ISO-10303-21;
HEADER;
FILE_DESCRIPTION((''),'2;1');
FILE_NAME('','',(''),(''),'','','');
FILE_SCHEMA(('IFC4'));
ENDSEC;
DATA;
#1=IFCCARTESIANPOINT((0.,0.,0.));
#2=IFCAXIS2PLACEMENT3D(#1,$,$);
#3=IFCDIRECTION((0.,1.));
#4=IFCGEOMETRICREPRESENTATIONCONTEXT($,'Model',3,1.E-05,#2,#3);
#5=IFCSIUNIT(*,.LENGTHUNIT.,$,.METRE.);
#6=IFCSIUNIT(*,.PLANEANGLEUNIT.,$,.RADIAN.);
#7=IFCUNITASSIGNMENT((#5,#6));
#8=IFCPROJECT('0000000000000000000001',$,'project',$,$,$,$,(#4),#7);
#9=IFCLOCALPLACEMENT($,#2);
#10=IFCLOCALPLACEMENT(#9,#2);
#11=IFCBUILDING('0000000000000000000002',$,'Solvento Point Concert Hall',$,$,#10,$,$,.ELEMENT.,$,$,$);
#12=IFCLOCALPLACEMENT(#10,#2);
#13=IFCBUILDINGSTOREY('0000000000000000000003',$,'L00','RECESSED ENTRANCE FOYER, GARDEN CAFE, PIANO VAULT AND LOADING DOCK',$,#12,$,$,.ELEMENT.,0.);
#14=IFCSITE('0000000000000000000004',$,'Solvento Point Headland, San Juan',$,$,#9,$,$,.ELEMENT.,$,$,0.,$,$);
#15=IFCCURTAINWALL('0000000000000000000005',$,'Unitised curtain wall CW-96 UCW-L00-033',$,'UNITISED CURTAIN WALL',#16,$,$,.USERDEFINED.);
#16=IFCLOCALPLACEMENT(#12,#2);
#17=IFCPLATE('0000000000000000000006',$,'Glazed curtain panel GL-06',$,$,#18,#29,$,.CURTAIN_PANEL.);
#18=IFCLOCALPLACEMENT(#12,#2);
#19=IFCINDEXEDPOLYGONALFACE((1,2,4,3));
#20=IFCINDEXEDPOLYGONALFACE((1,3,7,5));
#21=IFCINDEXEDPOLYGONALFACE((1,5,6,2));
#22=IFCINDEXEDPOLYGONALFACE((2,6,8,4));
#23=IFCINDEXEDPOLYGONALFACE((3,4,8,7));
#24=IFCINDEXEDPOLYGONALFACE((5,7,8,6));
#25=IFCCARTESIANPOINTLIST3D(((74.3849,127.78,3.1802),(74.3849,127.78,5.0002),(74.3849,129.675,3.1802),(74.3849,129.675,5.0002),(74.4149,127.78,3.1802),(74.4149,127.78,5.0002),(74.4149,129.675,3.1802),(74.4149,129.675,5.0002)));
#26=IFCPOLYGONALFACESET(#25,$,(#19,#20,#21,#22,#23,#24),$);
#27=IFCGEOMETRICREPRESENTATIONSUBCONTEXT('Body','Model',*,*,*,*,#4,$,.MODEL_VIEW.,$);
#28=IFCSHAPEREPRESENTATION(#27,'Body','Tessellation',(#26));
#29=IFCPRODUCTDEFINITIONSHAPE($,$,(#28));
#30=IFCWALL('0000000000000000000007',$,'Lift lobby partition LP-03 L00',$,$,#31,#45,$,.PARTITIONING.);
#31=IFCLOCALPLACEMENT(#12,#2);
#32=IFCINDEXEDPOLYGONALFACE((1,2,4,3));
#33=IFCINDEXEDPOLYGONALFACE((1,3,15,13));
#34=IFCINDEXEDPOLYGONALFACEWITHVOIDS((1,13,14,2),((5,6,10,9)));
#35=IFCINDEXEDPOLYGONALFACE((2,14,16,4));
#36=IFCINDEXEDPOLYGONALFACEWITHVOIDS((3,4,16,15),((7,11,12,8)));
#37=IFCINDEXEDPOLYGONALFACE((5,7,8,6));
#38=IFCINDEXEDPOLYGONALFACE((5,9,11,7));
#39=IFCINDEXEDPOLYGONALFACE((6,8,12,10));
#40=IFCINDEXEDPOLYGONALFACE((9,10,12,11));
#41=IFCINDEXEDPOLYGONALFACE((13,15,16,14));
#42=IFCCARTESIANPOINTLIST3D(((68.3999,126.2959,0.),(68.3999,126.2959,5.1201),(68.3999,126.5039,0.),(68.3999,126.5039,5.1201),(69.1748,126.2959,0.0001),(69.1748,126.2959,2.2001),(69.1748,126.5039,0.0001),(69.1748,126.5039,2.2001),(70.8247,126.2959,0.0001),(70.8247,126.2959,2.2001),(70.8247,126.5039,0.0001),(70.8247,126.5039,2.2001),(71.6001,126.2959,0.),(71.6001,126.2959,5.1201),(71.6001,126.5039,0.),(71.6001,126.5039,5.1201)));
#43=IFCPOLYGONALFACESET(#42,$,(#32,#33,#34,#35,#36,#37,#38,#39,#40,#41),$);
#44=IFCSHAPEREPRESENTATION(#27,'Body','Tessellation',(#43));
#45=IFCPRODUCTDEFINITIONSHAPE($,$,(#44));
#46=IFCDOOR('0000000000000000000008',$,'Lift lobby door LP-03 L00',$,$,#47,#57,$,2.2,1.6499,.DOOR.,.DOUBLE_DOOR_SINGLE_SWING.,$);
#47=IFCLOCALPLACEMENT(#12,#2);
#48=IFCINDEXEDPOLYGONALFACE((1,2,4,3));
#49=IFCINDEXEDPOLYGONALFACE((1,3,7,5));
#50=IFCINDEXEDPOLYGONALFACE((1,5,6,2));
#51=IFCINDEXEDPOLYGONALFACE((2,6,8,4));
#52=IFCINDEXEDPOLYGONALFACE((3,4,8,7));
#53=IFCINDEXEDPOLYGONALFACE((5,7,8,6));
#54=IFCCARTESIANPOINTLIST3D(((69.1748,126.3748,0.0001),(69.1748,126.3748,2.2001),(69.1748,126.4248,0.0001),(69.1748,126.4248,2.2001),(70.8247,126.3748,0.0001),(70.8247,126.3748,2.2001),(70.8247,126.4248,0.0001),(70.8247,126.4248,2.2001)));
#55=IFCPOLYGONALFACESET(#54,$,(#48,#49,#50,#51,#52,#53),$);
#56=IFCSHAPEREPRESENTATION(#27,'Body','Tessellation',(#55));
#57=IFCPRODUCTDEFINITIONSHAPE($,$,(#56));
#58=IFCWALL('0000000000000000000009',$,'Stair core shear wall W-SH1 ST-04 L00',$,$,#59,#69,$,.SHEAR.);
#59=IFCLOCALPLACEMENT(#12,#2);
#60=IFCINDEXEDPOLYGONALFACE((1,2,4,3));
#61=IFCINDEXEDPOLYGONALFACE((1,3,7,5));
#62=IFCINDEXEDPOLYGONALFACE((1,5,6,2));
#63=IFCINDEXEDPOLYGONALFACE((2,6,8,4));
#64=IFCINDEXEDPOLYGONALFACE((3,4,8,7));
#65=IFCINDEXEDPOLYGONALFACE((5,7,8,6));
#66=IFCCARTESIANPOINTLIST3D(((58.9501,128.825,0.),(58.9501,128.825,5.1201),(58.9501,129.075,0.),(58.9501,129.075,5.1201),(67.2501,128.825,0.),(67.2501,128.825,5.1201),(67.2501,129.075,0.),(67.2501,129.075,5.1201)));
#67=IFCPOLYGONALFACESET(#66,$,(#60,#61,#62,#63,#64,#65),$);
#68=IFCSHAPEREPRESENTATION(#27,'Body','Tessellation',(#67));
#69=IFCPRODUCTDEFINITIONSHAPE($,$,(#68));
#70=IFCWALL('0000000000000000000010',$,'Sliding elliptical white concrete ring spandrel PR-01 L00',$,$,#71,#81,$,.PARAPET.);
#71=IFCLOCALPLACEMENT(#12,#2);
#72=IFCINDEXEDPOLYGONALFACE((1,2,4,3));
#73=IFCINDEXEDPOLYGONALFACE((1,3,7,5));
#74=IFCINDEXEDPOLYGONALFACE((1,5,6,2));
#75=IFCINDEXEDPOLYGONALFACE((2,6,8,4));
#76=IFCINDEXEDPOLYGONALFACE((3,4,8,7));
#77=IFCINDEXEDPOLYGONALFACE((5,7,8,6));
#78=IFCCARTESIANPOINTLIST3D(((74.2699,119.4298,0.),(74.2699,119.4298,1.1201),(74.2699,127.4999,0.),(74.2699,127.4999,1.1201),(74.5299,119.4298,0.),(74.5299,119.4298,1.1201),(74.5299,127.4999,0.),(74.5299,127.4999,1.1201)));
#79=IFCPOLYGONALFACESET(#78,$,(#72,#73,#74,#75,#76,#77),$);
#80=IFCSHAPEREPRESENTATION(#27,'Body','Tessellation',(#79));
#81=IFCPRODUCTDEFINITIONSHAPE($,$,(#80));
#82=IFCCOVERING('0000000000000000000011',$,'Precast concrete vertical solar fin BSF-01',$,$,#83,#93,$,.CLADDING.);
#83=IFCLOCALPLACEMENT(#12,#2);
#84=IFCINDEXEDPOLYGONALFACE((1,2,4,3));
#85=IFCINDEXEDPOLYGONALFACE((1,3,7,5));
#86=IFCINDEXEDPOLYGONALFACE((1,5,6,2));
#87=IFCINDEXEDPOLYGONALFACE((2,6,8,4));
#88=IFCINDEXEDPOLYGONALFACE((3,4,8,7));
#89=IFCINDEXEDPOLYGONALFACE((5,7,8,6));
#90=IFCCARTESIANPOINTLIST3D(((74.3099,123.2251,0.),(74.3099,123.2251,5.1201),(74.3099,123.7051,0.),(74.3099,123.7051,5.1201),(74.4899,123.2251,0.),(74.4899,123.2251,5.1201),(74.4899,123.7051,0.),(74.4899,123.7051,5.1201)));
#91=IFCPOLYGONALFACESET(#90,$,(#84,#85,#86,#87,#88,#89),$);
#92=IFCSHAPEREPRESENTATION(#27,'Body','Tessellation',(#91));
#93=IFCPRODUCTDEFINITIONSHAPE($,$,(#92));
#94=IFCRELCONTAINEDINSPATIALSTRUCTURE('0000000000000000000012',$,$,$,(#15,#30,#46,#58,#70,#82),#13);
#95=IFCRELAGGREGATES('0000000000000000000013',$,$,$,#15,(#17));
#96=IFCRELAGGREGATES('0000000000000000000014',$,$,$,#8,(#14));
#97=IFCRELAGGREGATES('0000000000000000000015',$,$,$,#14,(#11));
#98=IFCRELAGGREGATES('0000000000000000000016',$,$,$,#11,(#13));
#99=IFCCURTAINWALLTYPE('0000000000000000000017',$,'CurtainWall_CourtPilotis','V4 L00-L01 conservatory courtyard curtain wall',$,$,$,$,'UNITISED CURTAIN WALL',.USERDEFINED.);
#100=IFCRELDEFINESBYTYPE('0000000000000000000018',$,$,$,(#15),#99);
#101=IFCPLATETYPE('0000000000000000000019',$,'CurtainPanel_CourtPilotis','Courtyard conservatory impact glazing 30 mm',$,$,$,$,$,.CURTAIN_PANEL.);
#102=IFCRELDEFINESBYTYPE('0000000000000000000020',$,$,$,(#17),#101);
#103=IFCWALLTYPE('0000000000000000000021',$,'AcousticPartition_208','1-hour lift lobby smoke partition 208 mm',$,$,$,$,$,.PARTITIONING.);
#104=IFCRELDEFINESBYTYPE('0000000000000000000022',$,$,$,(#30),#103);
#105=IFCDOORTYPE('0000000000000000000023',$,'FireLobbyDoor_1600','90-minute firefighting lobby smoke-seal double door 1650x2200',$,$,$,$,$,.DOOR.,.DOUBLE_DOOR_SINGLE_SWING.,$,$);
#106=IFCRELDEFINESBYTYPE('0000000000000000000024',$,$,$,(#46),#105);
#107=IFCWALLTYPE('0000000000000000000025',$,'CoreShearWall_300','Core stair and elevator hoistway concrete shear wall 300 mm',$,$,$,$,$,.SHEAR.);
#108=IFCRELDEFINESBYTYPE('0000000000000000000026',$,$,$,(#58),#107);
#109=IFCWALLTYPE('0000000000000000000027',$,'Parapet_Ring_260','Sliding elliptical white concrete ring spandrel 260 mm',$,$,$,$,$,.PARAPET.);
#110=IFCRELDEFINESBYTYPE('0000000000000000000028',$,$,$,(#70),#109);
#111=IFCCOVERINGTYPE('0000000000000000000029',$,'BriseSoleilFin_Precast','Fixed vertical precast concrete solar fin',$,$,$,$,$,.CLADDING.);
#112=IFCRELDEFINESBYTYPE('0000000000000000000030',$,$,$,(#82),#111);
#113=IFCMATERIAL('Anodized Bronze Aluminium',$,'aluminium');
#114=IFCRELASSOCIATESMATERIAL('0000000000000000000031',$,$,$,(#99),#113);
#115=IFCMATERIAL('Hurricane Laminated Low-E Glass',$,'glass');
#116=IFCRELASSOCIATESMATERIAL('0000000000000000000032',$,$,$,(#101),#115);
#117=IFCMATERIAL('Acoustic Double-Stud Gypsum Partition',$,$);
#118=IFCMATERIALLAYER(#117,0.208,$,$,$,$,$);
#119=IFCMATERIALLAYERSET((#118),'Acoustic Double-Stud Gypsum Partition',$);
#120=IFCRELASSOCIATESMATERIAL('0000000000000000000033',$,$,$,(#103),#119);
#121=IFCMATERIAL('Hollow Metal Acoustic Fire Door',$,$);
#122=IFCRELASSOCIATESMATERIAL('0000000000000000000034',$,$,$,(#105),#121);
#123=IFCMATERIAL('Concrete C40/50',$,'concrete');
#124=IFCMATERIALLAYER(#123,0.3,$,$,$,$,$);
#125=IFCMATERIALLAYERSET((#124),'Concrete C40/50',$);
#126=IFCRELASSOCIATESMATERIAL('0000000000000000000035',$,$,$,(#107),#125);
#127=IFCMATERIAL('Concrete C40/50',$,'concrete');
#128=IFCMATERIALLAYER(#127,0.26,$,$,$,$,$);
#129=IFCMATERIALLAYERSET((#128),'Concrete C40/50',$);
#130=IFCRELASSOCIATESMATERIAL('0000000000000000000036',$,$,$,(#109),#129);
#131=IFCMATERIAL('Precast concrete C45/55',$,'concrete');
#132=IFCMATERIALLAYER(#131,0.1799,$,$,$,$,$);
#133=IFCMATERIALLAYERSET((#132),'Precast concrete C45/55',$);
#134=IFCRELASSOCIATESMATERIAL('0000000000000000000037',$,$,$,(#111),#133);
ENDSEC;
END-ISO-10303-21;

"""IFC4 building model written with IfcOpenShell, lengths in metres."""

from ifc_helpers import new_model, si_unit, direction, frame, frame_2d, origin, origin_2d, place, context, subcontext, project, spatial, rectangle, extrude, material, layer, layer_set, type_object, element, fill, aggregate, save


model = new_model("IFC4")

# Units and contexts
model_context = context("Model", 3, precision=1e-05, world=origin(), true_north=direction((0.0, 1.0)))
body_context = subcontext(model_context, "Body", "Model", "MODEL_VIEW")
ifc_project = project(units=[si_unit("LENGTHUNIT", "METRE"), si_unit("PLANEANGLEUNIT", "RADIAN")], contexts=[model_context])

# Site, building, storey
site_placement = place(None, origin())
site = spatial("IfcSite", under=ifc_project, at=site_placement, Name="Solvento Point Headland, San Juan", CompositionType="ELEMENT", RefElevation=0.0)
building_placement = place(site_placement, origin())
building = spatial("IfcBuilding", under=site, at=building_placement, Name="Solvento Point Concert Hall", CompositionType="ELEMENT")
storey_placement = place(building_placement, origin())
storey = spatial("IfcBuildingStorey", under=building, at=storey_placement, Name="L00", Description="RECESSED ENTRANCE FOYER, GARDEN CAFE, PIANO VAULT AND LOADING DOCK", CompositionType="ELEMENT", Elevation=0.0)

# Curtain wall
ifc_material_1 = material(Name="Anodized Bronze Aluminium", Category="aluminium")
curtain_wall_type = type_object("IfcCurtainWallType", Name="CurtainWall_CourtPilotis", Description="V4 L00-L01 conservatory courtyard curtain wall", ElementType="UNITISED CURTAIN WALL", PredefinedType="USERDEFINED", material=ifc_material_1)
curtain_wall_1_placement = place(storey_placement, origin())
curtain_wall_1 = element("IfcCurtainWall", 1, at=curtain_wall_1_placement, inside=storey, type_object=curtain_wall_type, Name="Unitised curtain wall CW-96 UCW-L00-033", ObjectType="UNITISED CURTAIN WALL", PredefinedType="USERDEFINED")

# Plate
ifc_material_2 = material(Name="Hurricane Laminated Low-E Glass", Category="glass")
plate_type = type_object("IfcPlateType", Name="CurtainPanel_CourtPilotis", Description="Courtyard conservatory impact glazing 30 mm", PredefinedType="CURTAIN_PANEL", material=ifc_material_2)
plate_1_placement = place(storey_placement, frame((74.3999, 128.7275, 3.1802), z_axis=(0.0, 0.0, 1.0), x_axis=(0.0, 1.0, 0.0)))
plate_1 = element("IfcPlate", 2, at=plate_1_placement, type_object=plate_type, Name="Glazed curtain panel GL-06", PredefinedType="CURTAIN_PANEL", context=body_context, shape_type="SweptSolid", body=[
    extrude(rectangle(XDim=1.895, YDim=0.03, at=origin_2d()), origin(), (0.0, 0.0, 1.0), 1.8201),
])
aggregate(curtain_wall_1, [plate_1])

# Wall, opening, door
ifc_material_3 = material(Name="Acoustic Double-Stud Gypsum Partition")
ifc_layer_1 = layer(ifc_material_3, 0.208)
ifc_layer_set_1 = layer_set([ifc_layer_1], Name="Acoustic Double-Stud Gypsum Partition")
wall_type_1 = type_object("IfcWallType", Name="AcousticPartition_208", Description="1-hour lift lobby smoke partition 208 mm", PredefinedType="PARTITIONING", material=ifc_layer_set_1)
wall_1_placement = place(storey_placement, frame((68.3999, 126.3999, 0.0), z_axis=(0.0, 0.0, 1.0), x_axis=(1.0, 0.0, 0.0)))
wall_1 = element("IfcWall", 3, at=wall_1_placement, inside=storey, type_object=wall_type_1, Name="Lift lobby partition LP-03 L00", PredefinedType="PARTITIONING", context=body_context, shape_type="SweptSolid", body=[
    extrude(rectangle(XDim=3.2002, YDim=0.208, at=frame_2d((1.6001, 0.0))), origin(), (0.0, 0.0, 1.0), 5.1201),
])
opening_placement = place(wall_1_placement, frame((0.7749, 0.0, 0.0)))
opening = element("IfcOpeningElement", 4, at=opening_placement, cuts=wall_1, PredefinedType="OPENING", context=body_context, shape_type="SweptSolid", body=[
    extrude(rectangle(XDim=1.6499, YDim=2.2, at=frame_2d((0.825, 1.1001))), frame((0.0, 0.114, 0.0), z_axis=(0.0, -1.0, 0.0), x_axis=(1.0, 0.0, 0.0)), (0.0, 0.0, 1.0), 0.228),
])
ifc_material_4 = material(Name="Hollow Metal Acoustic Fire Door")
door_type = type_object("IfcDoorType", Name="FireLobbyDoor_1600", Description="90-minute firefighting lobby smoke-seal double door 1650x2200", OperationType="DOUBLE_DOOR_SINGLE_SWING", PredefinedType="DOOR", material=ifc_material_4)
door_placement = place(opening_placement, origin())
door = element("IfcDoor", 5, at=door_placement, inside=storey, type_object=door_type, Name="Lift lobby door LP-03 L00", OperationType="DOUBLE_DOOR_SINGLE_SWING", OverallHeight=2.2, OverallWidth=1.6499, PredefinedType="DOOR", context=body_context, shape_type="SweptSolid", body=[
    extrude(rectangle(XDim=1.6499, YDim=2.2, at=frame_2d((0.825, 1.1001))), frame((0.0, 0.0249, 0.0), z_axis=(0.0, -1.0, 0.0), x_axis=(1.0, 0.0, 0.0)), (0.0, 0.0, 1.0), 0.05),
])
fill(opening, door)

# Walls
ifc_material_5 = material(Name="Concrete C40/50", Category="concrete")
ifc_layer_2 = layer(ifc_material_5, 0.3)
ifc_layer_set_2 = layer_set([ifc_layer_2], Name="Concrete C40/50")
wall_type_2 = type_object("IfcWallType", Name="CoreShearWall_300", Description="Core stair and elevator hoistway concrete shear wall 300 mm", PredefinedType="SHEAR", material=ifc_layer_set_2)
wall_2_placement = place(storey_placement, frame((67.25, 128.95, 0.0), z_axis=(0.0, 0.0, 1.0), x_axis=(-1.0, 0.0, 0.0)))
element("IfcWall", 6, at=wall_2_placement, inside=storey, type_object=wall_type_2, Name="Stair core shear wall W-SH1 ST-04 L00", PredefinedType="SHEAR", context=body_context, shape_type="SweptSolid", body=[
    extrude(rectangle(XDim=8.3, YDim=0.25, at=frame_2d((4.1499, 0.0))), origin(), (0.0, 0.0, 1.0), 5.1201),
])
ifc_material_6 = material(Name="Concrete C40/50", Category="concrete")
ifc_layer_3 = layer(ifc_material_6, 0.26)
ifc_layer_set_3 = layer_set([ifc_layer_3], Name="Concrete C40/50")
wall_type_3 = type_object("IfcWallType", Name="Parapet_Ring_260", Description="Sliding elliptical white concrete ring spandrel 260 mm", PredefinedType="PARAPET", material=ifc_layer_set_3)
wall_3_placement = place(storey_placement, frame((74.3999, 127.5, 0.0), z_axis=(0.0, 0.0, 1.0), x_axis=(0.0, -1.0, 0.0)))
element("IfcWall", 7, at=wall_3_placement, inside=storey, type_object=wall_type_3, Name="Sliding elliptical white concrete ring spandrel PR-01 L00", PredefinedType="PARAPET", context=body_context, shape_type="SweptSolid", body=[
    extrude(rectangle(XDim=8.0701, YDim=0.26, at=frame_2d((4.0352, 0.0))), origin(), (0.0, 0.0, 1.0), 1.1201),
])

# Covering
ifc_material_7 = material(Name="Precast concrete C45/55", Category="concrete")
ifc_layer_4 = layer(ifc_material_7, 0.1799)
ifc_layer_set_4 = layer_set([ifc_layer_4], Name="Precast concrete C45/55")
covering_type = type_object("IfcCoveringType", Name="BriseSoleilFin_Precast", Description="Fixed vertical precast concrete solar fin", PredefinedType="CLADDING", material=ifc_layer_set_4)
covering_placement = place(storey_placement, frame((74.3999, 123.4651, 0.0), z_axis=(0.0, 0.0, 1.0), x_axis=(1.0, 0.0, 0.0)))
element("IfcCovering", 8, at=covering_placement, inside=storey, type_object=covering_type, Name="Precast concrete vertical solar fin BSF-01", PredefinedType="CLADDING", context=body_context, shape_type="SweptSolid", body=[
    extrude(rectangle(XDim=0.1799, YDim=0.48, at=origin_2d()), origin(), (0.0, 0.0, 1.0), 5.1201),
])

save(model, "model.ifc")
